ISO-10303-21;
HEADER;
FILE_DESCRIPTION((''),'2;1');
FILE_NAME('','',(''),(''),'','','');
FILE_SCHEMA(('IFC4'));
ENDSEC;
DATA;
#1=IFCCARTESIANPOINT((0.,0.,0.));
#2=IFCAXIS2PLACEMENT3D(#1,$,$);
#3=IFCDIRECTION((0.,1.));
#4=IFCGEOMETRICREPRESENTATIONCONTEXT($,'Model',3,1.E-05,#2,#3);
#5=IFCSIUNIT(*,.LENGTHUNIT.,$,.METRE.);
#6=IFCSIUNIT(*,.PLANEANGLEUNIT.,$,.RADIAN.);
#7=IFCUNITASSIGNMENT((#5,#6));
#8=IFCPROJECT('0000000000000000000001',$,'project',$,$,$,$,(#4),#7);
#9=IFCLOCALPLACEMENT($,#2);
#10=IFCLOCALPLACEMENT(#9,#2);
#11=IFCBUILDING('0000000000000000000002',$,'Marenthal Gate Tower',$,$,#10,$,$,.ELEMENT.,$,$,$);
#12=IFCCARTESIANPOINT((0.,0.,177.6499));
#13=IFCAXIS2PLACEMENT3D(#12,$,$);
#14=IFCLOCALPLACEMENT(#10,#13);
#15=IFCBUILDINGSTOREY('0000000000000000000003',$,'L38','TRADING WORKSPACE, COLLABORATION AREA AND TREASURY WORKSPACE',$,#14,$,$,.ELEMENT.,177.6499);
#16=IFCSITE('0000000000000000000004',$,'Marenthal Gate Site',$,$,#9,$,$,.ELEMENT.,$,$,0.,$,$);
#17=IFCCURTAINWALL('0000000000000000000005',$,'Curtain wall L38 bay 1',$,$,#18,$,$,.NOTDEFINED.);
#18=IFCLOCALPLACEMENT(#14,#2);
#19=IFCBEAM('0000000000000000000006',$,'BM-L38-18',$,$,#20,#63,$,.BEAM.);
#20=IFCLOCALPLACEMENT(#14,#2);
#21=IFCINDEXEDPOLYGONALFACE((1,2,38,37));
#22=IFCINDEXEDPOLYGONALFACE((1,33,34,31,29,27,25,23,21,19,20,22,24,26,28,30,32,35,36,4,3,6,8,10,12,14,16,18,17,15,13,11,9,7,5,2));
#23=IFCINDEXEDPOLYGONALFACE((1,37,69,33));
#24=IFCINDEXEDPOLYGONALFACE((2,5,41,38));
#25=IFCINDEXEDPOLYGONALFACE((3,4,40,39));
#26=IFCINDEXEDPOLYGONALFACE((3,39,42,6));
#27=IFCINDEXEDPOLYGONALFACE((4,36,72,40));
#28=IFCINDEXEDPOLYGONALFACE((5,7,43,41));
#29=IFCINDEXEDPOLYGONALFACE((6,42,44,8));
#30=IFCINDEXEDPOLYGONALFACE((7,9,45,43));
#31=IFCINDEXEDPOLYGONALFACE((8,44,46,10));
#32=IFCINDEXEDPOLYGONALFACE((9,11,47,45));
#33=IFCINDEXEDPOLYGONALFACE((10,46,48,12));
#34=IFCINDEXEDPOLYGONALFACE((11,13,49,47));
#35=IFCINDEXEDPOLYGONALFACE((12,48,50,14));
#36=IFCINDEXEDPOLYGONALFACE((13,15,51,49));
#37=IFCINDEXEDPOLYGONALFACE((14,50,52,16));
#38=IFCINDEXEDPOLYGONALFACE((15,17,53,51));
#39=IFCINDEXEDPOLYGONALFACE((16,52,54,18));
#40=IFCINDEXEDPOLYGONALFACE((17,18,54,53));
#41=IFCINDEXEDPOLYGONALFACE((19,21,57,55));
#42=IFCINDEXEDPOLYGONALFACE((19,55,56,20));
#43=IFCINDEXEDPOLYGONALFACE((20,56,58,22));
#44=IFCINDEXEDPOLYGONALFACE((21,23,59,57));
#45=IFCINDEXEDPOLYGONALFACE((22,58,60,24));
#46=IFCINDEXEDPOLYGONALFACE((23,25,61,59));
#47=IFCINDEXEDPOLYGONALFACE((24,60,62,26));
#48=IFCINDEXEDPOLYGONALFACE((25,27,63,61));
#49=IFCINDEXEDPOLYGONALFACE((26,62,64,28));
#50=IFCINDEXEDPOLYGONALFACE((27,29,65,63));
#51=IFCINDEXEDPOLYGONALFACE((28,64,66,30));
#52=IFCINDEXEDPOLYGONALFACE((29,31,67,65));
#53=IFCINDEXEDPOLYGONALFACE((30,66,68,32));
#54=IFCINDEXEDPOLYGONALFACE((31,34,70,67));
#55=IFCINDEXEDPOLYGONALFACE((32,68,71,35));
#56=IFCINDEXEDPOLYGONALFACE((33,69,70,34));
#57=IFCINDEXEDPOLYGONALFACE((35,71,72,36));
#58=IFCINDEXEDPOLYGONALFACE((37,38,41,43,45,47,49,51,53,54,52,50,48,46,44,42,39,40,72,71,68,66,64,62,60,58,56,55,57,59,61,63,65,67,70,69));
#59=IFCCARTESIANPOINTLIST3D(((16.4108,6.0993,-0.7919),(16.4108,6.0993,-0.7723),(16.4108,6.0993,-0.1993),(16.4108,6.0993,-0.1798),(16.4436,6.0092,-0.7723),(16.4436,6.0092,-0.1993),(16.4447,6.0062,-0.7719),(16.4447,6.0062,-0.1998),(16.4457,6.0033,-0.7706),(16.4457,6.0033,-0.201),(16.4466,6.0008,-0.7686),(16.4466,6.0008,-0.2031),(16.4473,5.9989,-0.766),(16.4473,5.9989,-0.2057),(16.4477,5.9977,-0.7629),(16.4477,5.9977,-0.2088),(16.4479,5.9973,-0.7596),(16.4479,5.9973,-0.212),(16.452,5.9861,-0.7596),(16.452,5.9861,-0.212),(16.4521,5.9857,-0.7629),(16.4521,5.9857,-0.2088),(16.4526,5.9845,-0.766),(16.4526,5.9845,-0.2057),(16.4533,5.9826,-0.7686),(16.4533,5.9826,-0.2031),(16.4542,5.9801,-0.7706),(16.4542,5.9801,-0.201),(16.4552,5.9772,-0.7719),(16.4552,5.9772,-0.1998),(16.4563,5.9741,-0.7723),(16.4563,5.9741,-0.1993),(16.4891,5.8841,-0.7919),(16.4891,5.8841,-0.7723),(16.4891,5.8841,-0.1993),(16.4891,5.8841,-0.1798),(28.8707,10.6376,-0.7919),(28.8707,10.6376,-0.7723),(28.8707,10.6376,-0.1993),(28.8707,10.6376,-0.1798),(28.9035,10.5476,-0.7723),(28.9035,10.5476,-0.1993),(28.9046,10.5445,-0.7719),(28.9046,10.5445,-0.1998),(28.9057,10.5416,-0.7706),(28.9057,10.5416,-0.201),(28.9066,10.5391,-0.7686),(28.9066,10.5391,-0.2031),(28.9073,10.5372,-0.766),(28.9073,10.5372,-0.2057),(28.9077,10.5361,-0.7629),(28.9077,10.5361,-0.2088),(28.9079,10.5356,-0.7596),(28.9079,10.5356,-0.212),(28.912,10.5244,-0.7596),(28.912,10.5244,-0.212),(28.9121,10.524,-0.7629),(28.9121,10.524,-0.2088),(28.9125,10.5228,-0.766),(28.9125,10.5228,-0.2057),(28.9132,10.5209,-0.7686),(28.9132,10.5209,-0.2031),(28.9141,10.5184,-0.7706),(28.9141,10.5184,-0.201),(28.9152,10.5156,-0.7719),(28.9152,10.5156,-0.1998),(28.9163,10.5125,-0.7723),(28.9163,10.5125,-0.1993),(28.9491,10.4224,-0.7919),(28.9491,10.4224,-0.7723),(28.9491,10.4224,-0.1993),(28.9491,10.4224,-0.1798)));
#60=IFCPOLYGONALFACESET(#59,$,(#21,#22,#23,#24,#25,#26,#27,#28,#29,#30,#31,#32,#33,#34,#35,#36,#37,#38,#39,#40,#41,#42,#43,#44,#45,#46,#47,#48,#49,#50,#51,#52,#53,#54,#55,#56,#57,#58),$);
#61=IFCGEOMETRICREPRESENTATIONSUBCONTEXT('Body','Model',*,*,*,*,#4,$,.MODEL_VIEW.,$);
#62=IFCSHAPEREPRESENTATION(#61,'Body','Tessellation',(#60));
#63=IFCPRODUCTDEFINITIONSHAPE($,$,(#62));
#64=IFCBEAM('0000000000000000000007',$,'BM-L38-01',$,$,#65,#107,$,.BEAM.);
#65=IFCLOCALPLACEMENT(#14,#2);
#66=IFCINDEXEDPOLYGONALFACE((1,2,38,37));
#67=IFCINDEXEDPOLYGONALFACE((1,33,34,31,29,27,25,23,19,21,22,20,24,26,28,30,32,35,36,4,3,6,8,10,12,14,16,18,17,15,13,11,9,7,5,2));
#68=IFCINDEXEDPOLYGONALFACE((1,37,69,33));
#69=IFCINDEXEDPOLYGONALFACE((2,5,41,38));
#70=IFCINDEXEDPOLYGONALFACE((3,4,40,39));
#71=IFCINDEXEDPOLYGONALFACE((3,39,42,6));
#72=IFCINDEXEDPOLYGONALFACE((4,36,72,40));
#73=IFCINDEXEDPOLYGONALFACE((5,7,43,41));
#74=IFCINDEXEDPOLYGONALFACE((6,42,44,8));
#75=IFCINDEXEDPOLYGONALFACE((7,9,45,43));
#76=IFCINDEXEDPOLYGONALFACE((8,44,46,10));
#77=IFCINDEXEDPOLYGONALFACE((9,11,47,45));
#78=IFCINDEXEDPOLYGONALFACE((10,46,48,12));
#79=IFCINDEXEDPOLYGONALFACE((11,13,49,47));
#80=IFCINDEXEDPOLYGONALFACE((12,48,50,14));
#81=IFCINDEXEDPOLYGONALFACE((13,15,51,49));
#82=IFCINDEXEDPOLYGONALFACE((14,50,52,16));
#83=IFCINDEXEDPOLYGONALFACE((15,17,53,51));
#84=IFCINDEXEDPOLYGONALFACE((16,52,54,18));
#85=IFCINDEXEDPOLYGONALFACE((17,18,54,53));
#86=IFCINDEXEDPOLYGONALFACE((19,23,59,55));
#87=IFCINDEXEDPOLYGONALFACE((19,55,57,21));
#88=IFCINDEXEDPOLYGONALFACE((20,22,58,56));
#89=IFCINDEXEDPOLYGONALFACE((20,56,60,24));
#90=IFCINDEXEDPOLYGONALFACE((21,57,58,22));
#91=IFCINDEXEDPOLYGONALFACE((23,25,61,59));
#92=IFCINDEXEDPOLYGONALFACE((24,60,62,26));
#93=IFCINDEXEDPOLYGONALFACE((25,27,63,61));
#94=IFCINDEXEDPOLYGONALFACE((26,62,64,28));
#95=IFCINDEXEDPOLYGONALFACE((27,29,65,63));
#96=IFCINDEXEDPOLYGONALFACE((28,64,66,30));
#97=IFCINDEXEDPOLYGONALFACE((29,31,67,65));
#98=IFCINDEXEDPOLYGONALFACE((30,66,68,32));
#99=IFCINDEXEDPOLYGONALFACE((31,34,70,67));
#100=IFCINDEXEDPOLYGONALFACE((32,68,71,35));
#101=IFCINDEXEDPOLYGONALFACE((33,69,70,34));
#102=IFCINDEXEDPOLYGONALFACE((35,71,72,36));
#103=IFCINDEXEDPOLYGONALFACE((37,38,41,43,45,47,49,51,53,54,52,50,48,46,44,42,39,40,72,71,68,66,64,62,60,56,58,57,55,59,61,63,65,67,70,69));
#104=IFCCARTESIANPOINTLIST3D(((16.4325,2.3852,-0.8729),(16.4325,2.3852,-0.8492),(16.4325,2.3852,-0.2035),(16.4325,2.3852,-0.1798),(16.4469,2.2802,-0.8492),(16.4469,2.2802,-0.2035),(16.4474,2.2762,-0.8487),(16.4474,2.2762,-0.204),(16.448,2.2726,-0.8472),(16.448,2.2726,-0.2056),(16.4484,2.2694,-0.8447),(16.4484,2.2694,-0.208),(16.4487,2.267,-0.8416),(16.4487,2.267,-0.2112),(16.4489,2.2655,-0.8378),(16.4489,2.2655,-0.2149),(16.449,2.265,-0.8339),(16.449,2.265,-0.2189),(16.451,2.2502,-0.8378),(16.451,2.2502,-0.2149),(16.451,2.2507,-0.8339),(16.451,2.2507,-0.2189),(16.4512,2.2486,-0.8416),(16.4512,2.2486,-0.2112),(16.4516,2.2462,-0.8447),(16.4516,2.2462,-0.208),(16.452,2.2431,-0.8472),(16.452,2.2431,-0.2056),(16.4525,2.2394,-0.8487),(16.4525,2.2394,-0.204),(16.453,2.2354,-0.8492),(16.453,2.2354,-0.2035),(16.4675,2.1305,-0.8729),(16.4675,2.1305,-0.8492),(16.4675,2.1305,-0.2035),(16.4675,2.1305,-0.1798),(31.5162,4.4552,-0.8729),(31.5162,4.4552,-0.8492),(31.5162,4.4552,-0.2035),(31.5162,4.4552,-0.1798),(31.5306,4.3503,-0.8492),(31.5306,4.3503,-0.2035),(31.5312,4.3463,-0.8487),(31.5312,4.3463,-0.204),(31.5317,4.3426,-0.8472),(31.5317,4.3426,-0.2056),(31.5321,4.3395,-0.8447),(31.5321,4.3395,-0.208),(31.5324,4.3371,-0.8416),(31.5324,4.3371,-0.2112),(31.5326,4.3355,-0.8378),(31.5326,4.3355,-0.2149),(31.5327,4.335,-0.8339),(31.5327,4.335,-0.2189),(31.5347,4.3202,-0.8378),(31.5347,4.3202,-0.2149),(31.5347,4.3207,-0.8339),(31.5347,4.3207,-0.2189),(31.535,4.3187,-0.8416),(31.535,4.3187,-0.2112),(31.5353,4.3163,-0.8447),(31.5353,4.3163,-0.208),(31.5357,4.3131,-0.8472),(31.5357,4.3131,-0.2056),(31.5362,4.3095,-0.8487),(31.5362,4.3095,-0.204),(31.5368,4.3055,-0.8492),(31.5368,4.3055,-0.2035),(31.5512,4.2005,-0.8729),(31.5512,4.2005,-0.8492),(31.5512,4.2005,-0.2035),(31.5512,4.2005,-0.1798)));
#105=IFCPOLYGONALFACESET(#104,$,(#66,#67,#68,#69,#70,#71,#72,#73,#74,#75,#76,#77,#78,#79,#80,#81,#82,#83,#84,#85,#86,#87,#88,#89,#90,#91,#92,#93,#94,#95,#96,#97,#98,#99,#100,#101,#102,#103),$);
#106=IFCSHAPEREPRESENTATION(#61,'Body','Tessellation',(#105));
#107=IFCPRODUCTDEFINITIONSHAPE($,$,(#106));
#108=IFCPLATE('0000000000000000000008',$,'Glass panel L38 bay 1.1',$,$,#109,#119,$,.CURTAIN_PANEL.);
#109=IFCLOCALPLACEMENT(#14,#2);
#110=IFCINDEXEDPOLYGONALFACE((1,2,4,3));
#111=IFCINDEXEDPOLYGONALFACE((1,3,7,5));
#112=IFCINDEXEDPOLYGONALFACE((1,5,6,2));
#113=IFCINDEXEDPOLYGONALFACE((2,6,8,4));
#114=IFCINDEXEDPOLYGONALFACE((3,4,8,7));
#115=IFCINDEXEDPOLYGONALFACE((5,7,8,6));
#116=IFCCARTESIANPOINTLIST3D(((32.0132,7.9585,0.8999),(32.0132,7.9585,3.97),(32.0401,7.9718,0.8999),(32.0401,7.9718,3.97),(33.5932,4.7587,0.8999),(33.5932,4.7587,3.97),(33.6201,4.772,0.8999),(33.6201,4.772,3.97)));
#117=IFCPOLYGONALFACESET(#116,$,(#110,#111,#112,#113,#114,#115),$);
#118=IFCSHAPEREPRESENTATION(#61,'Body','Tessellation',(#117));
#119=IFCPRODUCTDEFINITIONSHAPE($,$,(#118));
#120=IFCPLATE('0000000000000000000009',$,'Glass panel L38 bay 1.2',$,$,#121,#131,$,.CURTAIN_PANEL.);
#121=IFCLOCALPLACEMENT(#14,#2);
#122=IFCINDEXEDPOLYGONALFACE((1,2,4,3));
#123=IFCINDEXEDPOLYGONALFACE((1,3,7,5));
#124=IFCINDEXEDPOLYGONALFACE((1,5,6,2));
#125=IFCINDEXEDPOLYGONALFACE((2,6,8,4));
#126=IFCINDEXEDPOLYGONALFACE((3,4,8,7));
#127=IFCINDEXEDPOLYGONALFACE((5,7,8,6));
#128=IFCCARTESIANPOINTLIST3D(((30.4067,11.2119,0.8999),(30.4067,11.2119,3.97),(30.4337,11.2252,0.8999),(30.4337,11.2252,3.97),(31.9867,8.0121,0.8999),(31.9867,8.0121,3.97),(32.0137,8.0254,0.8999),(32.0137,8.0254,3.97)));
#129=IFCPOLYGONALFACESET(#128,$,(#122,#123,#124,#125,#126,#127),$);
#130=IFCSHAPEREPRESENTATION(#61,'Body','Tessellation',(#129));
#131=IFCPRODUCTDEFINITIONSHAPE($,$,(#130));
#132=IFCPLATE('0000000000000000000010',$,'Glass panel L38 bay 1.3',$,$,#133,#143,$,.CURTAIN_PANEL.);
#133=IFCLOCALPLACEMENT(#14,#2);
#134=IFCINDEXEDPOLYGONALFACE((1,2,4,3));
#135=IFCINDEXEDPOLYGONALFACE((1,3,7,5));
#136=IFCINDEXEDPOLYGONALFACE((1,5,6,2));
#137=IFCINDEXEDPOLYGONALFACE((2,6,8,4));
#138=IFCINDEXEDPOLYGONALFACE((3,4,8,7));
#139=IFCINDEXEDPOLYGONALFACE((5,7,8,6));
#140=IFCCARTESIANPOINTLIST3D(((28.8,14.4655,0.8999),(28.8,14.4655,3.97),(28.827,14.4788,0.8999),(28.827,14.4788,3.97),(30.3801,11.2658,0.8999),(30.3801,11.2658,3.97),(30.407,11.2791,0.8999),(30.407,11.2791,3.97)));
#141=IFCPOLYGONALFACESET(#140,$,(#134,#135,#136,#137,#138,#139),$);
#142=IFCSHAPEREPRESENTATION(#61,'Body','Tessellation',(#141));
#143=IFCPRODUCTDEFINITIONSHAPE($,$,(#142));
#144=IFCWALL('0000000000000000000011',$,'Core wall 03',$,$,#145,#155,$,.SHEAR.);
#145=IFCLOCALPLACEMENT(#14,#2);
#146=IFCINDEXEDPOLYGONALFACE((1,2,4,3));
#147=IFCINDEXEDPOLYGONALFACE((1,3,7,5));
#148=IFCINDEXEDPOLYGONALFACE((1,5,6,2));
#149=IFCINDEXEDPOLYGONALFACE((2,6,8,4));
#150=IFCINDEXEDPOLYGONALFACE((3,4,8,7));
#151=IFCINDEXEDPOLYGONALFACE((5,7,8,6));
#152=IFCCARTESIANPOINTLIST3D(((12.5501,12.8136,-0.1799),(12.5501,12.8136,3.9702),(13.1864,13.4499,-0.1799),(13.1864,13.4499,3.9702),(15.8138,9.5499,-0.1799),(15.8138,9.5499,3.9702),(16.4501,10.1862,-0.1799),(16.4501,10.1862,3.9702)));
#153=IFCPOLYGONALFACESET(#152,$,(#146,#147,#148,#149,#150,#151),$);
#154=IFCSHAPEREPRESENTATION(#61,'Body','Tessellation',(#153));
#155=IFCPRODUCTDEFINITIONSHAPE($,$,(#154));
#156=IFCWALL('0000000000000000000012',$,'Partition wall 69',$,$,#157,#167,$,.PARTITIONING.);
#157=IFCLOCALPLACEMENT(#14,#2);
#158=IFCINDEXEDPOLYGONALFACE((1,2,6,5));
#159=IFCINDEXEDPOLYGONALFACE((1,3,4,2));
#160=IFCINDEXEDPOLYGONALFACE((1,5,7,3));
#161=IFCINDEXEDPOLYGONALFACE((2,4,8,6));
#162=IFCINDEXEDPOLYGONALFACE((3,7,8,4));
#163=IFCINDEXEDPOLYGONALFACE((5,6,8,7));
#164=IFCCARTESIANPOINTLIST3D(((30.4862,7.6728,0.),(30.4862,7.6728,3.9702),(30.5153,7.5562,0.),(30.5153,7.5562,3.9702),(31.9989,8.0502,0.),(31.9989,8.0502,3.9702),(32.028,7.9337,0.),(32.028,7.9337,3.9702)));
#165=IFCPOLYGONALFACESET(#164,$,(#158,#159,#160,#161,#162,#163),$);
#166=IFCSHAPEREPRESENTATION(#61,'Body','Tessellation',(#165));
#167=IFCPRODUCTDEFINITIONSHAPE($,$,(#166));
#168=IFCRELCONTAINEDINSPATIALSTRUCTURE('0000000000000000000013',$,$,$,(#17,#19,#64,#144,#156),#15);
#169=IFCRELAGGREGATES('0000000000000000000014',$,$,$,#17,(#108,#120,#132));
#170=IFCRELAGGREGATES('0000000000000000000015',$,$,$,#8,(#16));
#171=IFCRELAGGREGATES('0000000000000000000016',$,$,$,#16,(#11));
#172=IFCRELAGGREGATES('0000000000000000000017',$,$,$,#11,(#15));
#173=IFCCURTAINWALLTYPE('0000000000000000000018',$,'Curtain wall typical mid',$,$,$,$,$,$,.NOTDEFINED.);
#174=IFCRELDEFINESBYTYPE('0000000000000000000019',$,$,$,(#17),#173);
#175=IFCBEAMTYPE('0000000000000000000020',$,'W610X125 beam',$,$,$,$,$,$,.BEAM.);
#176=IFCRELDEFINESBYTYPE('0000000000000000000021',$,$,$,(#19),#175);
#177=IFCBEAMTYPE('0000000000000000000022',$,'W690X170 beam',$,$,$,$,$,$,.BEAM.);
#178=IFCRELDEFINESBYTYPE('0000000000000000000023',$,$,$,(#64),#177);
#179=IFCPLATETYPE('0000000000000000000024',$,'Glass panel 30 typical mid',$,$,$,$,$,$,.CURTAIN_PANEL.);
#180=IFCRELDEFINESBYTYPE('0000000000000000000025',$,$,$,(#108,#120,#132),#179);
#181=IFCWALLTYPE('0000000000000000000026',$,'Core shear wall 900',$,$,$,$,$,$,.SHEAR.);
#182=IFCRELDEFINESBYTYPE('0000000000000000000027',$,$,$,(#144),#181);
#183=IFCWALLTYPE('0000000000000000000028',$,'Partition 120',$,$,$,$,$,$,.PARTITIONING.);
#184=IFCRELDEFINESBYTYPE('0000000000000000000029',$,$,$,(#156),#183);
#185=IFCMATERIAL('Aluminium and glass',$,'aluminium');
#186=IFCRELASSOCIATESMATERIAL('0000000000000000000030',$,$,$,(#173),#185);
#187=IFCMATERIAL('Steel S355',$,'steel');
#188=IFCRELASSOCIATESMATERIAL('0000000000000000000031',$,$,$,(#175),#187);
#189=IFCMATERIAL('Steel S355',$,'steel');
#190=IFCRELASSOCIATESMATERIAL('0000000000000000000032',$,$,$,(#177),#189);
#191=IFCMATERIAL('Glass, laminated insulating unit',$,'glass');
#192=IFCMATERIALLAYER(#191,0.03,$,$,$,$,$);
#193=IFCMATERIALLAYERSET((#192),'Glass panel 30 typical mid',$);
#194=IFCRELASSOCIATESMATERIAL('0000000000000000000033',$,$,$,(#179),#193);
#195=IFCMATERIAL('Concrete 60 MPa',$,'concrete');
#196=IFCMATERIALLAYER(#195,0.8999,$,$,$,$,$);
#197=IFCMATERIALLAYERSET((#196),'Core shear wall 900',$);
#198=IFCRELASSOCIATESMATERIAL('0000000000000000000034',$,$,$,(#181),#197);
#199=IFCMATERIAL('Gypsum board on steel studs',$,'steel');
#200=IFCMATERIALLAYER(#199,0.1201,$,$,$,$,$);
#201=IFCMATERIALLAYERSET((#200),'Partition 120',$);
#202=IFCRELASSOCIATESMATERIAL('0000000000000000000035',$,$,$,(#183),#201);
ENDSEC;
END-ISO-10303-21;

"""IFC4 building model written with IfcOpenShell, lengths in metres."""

from ifc_helpers import new_model, si_unit, direction, frame, frame_2d, origin, origin_2d, place, context, subcontext, project, spatial, rectangle, i_section, extrude, material, layer, layer_set, material_profile, profile_set, type_object, element, aggregate, save


model = new_model("IFC4")

# Units and contexts
model_context = context("Model", 3, precision=1e-05, world=origin(), true_north=direction((0.0, 1.0)))
body_context = subcontext(model_context, "Body", "Model", "MODEL_VIEW")
ifc_project = project(units=[si_unit("LENGTHUNIT", "METRE"), si_unit("PLANEANGLEUNIT", "RADIAN")], contexts=[model_context])

# Site, building, storey
site_placement = place(None, origin())
site = spatial("IfcSite", under=ifc_project, at=site_placement, Name="Marenthal Gate Site", CompositionType="ELEMENT", RefElevation=0.0)
building_placement = place(site_placement, origin())
building = spatial("IfcBuilding", under=site, at=building_placement, Name="Marenthal Gate Tower", CompositionType="ELEMENT")
storey_placement = place(building_placement, frame((0.0, 0.0, 177.6499)))
storey = spatial("IfcBuildingStorey", under=building, at=storey_placement, Name="L38", Description="TRADING WORKSPACE, COLLABORATION AREA AND TREASURY WORKSPACE", CompositionType="ELEMENT", Elevation=177.6499)

# Curtain wall
ifc_material_1 = material(Name="Aluminium and glass", Category="aluminium")
curtain_wall_type = type_object("IfcCurtainWallType", Name="Curtain wall typical mid", PredefinedType="NOTDEFINED", material=ifc_material_1)
curtain_wall_placement = place(storey_placement, origin())
curtain_wall = element("IfcCurtainWall", 1, at=curtain_wall_placement, inside=storey, type_object=curtain_wall_type, Name="Curtain wall L38 bay 1", PredefinedType="NOTDEFINED")

# Beams
ifc_material_2 = material(Name="Steel S355", Category="steel")
ifc_material_profile_1 = material_profile(ifc_material_2, i_section(OverallWidth=0.229, OverallDepth=0.6121, WebThickness=0.012, FlangeThickness=0.0195, FilletRadius=0.0127, at=origin_2d()), Name="W610X125")
ifc_profile_set_1 = profile_set([ifc_material_profile_1], Name="Steel S355")
beam_type_1 = type_object("IfcBeamType", Name="W610X125 beam", PredefinedType="BEAM", material=ifc_profile_set_1)
beam_1_placement = place(storey_placement, frame((28.9099, 10.53, -0.4858), z_axis=(-0.939613, -0.342238, 0.0), x_axis=(0.342238, -0.939613, 0.0)))
element("IfcBeam", 2, at=beam_1_placement, inside=storey, type_object=beam_type_1, Name="BM-L38-18", PredefinedType="BEAM", context=body_context, shape_type="SweptSolid", body=[
    extrude(i_section(OverallWidth=0.229, OverallDepth=0.6121, WebThickness=0.012, FlangeThickness=0.0195, FilletRadius=0.0127, at=origin_2d()), origin(), (0.0, 0.0, 1.0), 13.2607),
])
ifc_material_3 = material(Name="Steel S355", Category="steel")
ifc_material_profile_2 = material_profile(ifc_material_3, i_section(OverallWidth=0.2571, OverallDepth=0.6931, WebThickness=0.0144, FlangeThickness=0.0237, FilletRadius=0.0154, at=origin_2d()), Name="W690X170")
ifc_profile_set_2 = profile_set([ifc_material_profile_2], Name="Steel S355")
beam_type_2 = type_object("IfcBeamType", Name="W690X170 beam", PredefinedType="BEAM", material=ifc_profile_set_2)
beam_2_placement = place(storey_placement, frame((31.5337, 4.3279, -0.5264), z_axis=(-0.990714, -0.135964, 0.0), x_axis=(0.135964, -0.990714, 0.0)))
element("IfcBeam", 3, at=beam_2_placement, inside=storey, type_object=beam_type_2, Name="BM-L38-01", PredefinedType="BEAM", context=body_context, shape_type="SweptSolid", body=[
    extrude(i_section(OverallWidth=0.2571, OverallDepth=0.6931, WebThickness=0.0144, FlangeThickness=0.0237, FilletRadius=0.0154, at=origin_2d()), origin(), (0.0, 0.0, 1.0), 15.2251),
])

# Plates
ifc_material_4 = material(Name="Glass, laminated insulating unit", Category="glass")
ifc_layer_1 = layer(ifc_material_4, 0.03)
ifc_layer_set_1 = layer_set([ifc_layer_1], Name="Glass panel 30 typical mid")
plate_type = type_object("IfcPlateType", Name="Glass panel 30 typical mid", PredefinedType="CURTAIN_PANEL", material=ifc_layer_set_1)
plate_1_placement = place(storey_placement, frame((32.8167, 6.3652, 0.8999), z_axis=(0.0, 0.0, 1.0), x_axis=(-0.442753, 0.896643, 0.0)))
plate_1 = element("IfcPlate", 4, at=plate_1_placement, type_object=plate_type, Name="Glass panel L38 bay 1.1", PredefinedType="CURTAIN_PANEL", context=body_context, shape_type="SweptSolid", body=[
    extrude(rectangle(XDim=3.5686, YDim=0.03, at=origin_2d()), origin(), (0.0, 0.0, 1.0), 3.0701),
])
plate_2_placement = place(storey_placement, frame((31.2102, 9.6187, 0.8999), z_axis=(0.0, 0.0, 1.0), x_axis=(-0.442753, 0.896643, 0.0)))
plate_2 = element("IfcPlate", 5, at=plate_2_placement, type_object=plate_type, Name="Glass panel L38 bay 1.2", PredefinedType="CURTAIN_PANEL", context=body_context, shape_type="SweptSolid", body=[
    extrude(rectangle(XDim=3.5686, YDim=0.03, at=origin_2d()), origin(), (0.0, 0.0, 1.0), 3.0701),
])
plate_3_placement = place(storey_placement, frame((29.6035, 12.8723, 0.8999), z_axis=(0.0, 0.0, 1.0), x_axis=(-0.442753, 0.896643, 0.0)))
plate_3 = element("IfcPlate", 6, at=plate_3_placement, type_object=plate_type, Name="Glass panel L38 bay 1.3", PredefinedType="CURTAIN_PANEL", context=body_context, shape_type="SweptSolid", body=[
    extrude(rectangle(XDim=3.5686, YDim=0.03, at=origin_2d()), origin(), (0.0, 0.0, 1.0), 3.0701),
])
aggregate(curtain_wall, [plate_1, plate_2, plate_3])

# Walls
ifc_material_5 = material(Name="Concrete 60 MPa", Category="concrete")
ifc_layer_2 = layer(ifc_material_5, 0.8999)
ifc_layer_set_2 = layer_set([ifc_layer_2], Name="Core shear wall 900")
wall_type_1 = type_object("IfcWallType", Name="Core shear wall 900", PredefinedType="SHEAR", material=ifc_layer_set_2)
wall_1_placement = place(storey_placement, frame((16.1318, 9.8682, -0.1799), z_axis=(0.0, 0.0, 1.0), x_axis=(-0.707107, 0.707107, 0.0)))
element("IfcWall", 7, at=wall_1_placement, inside=storey, type_object=wall_type_1, Name="Core wall 03", PredefinedType="SHEAR", context=body_context, shape_type="SweptSolid", body=[
    extrude(rectangle(XDim=4.6155, YDim=0.8999, at=frame_2d((2.3076, 0.0))), origin(), (0.0, 0.0, 1.0), 4.1501),
])
ifc_material_6 = material(Name="Gypsum board on steel studs", Category="steel")
ifc_layer_3 = layer(ifc_material_6, 0.1201)
ifc_layer_set_3 = layer_set([ifc_layer_3], Name="Partition 120")
wall_type_2 = type_object("IfcWallType", Name="Partition 120", PredefinedType="PARTITIONING", material=ifc_layer_set_3)
wall_2_placement = place(storey_placement, frame((30.5007, 7.6145, 0.0), z_axis=(0.0, 0.0, 1.0), x_axis=(0.970253, 0.242093, 0.0)))
element("IfcWall", 8, at=wall_2_placement, inside=storey, type_object=wall_type_2, Name="Partition wall 69", PredefinedType="PARTITIONING", context=body_context, shape_type="SweptSolid", body=[
    extrude(rectangle(XDim=1.5591, YDim=0.1201, at=frame_2d((0.7795, 0.0))), origin(), (0.0, 0.0, 1.0), 3.9702),
])

save(model, "model.ifc")
